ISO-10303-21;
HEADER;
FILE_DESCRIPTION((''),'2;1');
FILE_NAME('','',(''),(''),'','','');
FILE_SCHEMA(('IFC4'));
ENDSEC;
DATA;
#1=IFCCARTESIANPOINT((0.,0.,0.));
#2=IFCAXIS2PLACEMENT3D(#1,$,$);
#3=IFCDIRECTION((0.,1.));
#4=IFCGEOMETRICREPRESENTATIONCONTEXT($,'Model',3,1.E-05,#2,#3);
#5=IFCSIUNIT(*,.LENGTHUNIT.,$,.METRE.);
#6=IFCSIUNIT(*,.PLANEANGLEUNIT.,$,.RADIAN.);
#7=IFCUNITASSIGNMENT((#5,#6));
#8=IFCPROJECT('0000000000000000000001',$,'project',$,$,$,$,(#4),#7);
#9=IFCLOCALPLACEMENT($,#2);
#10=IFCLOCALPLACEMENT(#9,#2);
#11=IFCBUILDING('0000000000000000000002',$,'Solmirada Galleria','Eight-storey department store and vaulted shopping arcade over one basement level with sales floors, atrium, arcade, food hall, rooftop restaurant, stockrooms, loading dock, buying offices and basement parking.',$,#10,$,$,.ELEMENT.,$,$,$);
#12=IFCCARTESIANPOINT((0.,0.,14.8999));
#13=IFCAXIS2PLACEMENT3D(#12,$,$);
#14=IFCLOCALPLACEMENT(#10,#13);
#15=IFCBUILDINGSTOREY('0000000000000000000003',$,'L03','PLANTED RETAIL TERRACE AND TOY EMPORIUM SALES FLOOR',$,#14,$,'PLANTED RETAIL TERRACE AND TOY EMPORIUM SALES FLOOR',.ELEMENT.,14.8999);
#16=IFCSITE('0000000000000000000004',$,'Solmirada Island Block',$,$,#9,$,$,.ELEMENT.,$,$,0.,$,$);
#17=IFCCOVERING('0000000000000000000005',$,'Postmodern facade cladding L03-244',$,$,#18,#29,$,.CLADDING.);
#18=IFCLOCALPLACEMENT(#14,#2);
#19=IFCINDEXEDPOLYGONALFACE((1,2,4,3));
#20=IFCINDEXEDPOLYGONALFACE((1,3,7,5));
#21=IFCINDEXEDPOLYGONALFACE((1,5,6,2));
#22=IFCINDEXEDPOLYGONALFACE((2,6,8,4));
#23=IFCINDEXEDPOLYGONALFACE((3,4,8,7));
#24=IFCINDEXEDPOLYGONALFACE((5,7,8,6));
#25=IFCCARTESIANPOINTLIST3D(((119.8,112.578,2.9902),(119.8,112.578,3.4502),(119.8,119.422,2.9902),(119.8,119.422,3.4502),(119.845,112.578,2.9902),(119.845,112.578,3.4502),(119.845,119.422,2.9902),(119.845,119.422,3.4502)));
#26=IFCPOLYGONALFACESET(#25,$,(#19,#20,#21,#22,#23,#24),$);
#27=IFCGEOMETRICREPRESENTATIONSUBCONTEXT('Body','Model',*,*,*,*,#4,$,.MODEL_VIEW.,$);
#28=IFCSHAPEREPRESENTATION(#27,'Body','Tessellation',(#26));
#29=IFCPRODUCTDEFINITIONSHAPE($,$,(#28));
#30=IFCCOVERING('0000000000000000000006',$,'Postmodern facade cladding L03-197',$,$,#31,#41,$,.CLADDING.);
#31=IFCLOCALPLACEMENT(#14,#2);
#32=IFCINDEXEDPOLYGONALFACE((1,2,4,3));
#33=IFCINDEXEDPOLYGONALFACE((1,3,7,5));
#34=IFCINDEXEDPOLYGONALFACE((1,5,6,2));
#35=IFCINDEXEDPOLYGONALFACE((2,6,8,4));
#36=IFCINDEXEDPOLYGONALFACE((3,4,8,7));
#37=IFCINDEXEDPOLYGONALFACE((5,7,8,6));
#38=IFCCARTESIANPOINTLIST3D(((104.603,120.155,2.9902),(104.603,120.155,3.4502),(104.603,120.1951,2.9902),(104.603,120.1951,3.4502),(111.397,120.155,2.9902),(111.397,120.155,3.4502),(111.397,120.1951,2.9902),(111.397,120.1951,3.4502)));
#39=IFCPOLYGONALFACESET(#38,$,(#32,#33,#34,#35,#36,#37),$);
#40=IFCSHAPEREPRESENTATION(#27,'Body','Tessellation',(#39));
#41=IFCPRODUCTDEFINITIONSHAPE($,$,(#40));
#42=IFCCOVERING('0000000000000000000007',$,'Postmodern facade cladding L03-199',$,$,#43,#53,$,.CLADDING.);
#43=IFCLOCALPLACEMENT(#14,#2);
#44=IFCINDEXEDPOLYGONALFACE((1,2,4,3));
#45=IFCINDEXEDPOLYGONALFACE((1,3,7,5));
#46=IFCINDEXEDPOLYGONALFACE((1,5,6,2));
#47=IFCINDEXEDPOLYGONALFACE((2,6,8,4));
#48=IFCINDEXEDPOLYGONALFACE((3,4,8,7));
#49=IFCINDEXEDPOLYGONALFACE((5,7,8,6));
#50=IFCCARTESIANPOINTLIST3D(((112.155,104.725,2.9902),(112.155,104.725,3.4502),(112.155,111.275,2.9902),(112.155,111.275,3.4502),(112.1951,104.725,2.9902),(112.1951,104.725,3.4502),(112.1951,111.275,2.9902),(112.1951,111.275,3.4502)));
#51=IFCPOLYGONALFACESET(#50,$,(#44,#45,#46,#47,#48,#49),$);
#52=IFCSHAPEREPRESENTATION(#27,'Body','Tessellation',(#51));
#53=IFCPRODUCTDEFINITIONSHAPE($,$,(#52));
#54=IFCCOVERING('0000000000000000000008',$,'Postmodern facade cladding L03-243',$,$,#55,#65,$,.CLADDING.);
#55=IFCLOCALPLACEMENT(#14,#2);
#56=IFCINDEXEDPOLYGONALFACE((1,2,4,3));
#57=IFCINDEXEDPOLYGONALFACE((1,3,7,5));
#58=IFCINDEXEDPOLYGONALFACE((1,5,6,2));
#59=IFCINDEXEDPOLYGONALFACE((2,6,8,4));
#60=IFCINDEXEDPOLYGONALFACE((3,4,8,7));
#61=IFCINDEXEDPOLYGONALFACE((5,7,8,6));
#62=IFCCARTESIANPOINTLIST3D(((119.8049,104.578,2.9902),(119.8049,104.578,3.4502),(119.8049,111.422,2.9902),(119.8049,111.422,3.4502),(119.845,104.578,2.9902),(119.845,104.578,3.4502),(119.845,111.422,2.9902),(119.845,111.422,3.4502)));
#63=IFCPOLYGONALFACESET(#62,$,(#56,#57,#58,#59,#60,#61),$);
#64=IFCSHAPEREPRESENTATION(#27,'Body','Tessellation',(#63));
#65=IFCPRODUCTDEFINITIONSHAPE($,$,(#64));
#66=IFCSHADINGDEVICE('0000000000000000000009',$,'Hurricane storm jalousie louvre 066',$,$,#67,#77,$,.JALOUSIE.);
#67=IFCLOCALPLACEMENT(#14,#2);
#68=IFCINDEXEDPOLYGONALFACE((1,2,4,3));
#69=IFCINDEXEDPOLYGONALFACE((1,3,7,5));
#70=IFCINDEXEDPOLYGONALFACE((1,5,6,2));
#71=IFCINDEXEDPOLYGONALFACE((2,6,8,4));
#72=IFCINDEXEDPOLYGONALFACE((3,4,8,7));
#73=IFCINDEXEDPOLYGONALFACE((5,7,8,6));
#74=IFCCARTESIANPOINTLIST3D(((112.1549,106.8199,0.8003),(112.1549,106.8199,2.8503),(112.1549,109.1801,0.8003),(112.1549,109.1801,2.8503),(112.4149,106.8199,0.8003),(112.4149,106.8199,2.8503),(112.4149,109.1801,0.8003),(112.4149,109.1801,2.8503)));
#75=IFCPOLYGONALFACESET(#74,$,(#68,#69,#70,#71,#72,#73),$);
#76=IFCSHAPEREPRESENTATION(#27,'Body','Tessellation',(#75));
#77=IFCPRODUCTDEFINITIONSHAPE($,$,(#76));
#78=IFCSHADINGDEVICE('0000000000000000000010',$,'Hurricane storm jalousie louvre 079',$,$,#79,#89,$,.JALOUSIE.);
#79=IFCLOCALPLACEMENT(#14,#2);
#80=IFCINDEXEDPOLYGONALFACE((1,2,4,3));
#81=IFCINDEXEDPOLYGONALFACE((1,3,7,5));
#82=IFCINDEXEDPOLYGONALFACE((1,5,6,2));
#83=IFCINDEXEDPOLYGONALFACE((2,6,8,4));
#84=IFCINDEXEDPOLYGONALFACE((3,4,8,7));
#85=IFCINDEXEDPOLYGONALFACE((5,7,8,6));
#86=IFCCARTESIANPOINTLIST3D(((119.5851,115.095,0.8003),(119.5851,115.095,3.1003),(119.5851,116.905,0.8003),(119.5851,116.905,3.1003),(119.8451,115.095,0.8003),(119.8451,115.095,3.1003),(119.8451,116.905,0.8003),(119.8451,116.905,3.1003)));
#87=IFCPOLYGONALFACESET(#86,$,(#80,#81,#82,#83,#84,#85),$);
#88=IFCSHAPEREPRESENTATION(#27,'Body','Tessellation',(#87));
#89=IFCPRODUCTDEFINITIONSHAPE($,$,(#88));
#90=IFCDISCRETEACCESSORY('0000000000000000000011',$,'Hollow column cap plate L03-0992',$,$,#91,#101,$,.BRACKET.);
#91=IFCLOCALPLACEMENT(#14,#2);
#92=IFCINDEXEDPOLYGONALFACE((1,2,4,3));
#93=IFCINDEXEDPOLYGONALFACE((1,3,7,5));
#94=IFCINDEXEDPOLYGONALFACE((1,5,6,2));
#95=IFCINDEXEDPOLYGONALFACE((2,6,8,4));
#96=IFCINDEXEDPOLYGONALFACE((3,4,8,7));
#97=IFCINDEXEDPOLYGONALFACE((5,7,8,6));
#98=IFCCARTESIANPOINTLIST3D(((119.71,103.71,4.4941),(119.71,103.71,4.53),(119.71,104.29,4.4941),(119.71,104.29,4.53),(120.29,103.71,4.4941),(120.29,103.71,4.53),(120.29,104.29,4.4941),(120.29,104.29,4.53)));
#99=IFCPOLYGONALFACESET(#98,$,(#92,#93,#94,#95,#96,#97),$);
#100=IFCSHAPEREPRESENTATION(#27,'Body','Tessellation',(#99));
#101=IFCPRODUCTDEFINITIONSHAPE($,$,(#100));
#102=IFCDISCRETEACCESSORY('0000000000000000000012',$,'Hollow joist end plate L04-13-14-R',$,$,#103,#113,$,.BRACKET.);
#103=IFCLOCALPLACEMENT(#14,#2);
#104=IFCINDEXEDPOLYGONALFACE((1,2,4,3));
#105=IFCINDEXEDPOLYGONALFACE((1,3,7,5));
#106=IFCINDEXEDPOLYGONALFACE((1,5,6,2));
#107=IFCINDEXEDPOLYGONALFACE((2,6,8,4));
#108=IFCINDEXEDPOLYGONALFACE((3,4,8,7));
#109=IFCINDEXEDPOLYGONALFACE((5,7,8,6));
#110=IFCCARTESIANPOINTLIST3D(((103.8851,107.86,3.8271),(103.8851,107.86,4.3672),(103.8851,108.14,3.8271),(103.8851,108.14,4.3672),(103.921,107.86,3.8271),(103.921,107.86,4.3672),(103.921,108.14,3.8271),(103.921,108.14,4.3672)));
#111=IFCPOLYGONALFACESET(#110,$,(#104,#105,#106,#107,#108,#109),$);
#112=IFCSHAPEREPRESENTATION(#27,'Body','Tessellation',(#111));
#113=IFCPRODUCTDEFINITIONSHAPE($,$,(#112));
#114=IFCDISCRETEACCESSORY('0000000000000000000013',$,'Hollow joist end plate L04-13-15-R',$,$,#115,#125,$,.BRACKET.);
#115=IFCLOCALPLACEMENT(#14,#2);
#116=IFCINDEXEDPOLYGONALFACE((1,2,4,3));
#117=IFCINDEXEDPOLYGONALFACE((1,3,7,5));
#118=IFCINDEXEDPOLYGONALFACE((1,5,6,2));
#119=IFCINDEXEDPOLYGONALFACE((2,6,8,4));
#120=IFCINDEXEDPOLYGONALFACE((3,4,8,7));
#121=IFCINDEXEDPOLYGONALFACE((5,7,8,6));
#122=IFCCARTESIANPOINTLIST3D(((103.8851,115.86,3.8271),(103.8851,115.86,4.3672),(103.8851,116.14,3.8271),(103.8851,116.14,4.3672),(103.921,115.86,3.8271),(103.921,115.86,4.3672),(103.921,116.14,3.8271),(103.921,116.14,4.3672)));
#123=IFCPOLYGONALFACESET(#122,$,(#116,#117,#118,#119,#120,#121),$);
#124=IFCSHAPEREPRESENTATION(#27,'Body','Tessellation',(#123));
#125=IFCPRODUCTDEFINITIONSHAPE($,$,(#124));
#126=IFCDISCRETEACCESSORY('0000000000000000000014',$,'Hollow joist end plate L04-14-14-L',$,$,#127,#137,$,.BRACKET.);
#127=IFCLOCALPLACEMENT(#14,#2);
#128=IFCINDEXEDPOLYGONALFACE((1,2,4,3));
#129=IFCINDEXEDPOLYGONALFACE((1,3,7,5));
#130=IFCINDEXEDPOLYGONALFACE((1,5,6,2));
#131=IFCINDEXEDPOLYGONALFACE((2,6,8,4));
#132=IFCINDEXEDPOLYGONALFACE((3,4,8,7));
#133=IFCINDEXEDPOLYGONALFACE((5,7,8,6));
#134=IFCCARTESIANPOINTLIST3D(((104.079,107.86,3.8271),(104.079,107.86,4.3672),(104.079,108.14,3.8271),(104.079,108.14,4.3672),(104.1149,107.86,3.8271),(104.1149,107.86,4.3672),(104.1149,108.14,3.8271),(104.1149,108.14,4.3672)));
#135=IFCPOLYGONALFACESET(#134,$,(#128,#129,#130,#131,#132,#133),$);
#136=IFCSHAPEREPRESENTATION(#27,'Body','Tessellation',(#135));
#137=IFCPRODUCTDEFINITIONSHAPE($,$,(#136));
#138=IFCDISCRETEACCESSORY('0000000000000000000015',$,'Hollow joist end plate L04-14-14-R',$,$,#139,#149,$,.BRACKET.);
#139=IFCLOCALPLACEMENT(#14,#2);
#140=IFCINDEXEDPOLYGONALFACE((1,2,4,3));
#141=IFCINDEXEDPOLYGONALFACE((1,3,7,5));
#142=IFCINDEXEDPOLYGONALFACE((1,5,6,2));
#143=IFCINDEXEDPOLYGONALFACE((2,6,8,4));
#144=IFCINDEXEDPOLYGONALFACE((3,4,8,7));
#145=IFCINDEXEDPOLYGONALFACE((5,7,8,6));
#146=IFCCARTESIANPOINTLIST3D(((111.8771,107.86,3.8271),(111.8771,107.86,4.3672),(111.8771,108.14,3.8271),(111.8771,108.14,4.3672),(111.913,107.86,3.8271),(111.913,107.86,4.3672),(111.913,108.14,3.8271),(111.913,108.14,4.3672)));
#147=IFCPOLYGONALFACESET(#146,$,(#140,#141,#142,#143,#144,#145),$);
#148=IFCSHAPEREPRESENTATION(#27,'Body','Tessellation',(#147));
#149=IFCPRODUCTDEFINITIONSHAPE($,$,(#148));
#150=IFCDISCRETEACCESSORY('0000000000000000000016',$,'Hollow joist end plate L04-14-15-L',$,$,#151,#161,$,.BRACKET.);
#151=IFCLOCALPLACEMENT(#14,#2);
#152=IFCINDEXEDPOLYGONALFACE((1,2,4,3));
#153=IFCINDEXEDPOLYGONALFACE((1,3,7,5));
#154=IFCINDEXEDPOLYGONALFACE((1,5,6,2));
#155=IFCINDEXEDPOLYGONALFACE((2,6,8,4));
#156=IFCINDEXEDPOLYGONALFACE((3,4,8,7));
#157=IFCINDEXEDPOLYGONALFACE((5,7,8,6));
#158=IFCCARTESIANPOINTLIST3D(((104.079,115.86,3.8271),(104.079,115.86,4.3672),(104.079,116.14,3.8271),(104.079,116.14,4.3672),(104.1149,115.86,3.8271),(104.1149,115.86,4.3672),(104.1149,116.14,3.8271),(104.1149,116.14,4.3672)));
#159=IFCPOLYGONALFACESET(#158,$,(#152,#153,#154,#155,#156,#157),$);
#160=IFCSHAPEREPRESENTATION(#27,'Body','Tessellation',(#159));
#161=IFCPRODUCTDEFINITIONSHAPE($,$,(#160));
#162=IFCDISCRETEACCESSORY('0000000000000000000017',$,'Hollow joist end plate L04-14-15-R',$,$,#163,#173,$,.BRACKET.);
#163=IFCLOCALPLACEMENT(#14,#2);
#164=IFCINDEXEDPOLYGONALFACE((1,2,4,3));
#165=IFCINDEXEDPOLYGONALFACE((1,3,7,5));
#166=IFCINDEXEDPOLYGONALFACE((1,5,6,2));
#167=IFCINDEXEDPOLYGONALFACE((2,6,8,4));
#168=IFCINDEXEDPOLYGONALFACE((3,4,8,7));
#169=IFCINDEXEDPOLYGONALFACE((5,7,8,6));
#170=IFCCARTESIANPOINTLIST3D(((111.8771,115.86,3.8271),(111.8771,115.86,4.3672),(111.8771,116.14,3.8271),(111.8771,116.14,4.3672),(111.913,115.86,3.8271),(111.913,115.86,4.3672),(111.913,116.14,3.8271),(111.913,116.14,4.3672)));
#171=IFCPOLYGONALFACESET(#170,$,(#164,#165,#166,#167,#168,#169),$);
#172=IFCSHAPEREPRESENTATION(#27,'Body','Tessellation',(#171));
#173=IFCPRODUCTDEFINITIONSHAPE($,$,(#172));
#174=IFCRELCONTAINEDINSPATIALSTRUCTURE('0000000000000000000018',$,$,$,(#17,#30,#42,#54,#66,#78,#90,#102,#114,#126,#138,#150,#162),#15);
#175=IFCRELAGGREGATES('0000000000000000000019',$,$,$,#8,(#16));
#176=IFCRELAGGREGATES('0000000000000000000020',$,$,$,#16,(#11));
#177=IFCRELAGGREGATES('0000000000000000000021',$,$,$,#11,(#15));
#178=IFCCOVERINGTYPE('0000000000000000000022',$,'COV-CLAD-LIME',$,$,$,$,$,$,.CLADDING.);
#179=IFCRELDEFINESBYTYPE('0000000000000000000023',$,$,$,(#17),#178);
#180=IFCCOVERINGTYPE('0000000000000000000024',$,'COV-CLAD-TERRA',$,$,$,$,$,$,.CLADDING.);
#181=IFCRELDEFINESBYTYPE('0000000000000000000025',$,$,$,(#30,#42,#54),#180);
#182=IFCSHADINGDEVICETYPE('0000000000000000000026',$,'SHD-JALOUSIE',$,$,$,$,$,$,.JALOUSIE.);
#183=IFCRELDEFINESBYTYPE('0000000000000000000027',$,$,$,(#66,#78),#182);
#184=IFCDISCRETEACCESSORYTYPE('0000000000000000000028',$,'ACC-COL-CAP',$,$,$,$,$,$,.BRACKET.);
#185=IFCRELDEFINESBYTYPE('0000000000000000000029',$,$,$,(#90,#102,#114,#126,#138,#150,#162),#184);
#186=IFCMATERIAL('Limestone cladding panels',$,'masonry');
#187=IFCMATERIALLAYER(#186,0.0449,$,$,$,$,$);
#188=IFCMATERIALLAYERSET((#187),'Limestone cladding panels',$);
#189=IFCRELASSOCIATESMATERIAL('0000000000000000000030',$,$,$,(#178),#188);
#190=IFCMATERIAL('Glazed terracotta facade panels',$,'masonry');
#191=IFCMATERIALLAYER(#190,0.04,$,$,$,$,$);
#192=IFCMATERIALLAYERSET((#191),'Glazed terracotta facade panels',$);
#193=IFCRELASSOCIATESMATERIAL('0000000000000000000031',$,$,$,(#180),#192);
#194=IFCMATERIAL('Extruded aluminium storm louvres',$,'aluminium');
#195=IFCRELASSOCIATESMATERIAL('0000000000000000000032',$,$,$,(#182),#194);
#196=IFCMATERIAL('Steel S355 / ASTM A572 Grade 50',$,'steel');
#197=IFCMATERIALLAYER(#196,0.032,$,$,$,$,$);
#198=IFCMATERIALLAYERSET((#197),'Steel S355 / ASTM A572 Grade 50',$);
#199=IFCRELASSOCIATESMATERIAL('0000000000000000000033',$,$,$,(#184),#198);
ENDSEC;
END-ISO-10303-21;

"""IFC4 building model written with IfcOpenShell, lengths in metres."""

from ifc_helpers import new_model, si_unit, direction, frame, origin, origin_2d, place, context, subcontext, project, spatial, rectangle, extrude, material, layer, layer_set, type_object, element, save


model = new_model("IFC4")

# Units and contexts
model_context = context("Model", 3, precision=1e-05, world=origin(), true_north=direction((0.0, 1.0)))
body_context = subcontext(model_context, "Body", "Model", "MODEL_VIEW")
ifc_project = project(units=[si_unit("LENGTHUNIT", "METRE"), si_unit("PLANEANGLEUNIT", "RADIAN")], contexts=[model_context])

# Site, building, storey
site_placement = place(None, origin())
site = spatial("IfcSite", under=ifc_project, at=site_placement, Name="Solmirada Island Block", CompositionType="ELEMENT", RefElevation=0.0)
building_placement = place(site_placement, origin())
building = spatial("IfcBuilding", under=site, at=building_placement, Name="Solmirada Galleria", Description="Eight-storey department store and vaulted shopping arcade over one basement level with sales floors, atrium, arcade, food hall, rooftop restaurant, stockrooms, loading dock, buying offices and basement parking.", CompositionType="ELEMENT")
storey_placement = place(building_placement, frame((0.0, 0.0, 14.8999)))
storey = spatial("IfcBuildingStorey", under=building, at=storey_placement, Name="L03", Description="PLANTED RETAIL TERRACE AND TOY EMPORIUM SALES FLOOR", LongName="PLANTED RETAIL TERRACE AND TOY EMPORIUM SALES FLOOR", CompositionType="ELEMENT", Elevation=14.8999)

# Coverings
ifc_material_1 = material(Name="Limestone cladding panels", Category="masonry")
ifc_layer_1 = layer(ifc_material_1, 0.0449)
ifc_layer_set_1 = layer_set([ifc_layer_1], Name="Limestone cladding panels")
covering_type_1 = type_object("IfcCoveringType", Name="COV-CLAD-LIME", PredefinedType="CLADDING", material=ifc_layer_set_1)
covering_1_placement = place(storey_placement, frame((119.8225, 116.0, 2.9902), z_axis=(0.0, 0.0, 1.0), x_axis=(0.0, 1.0, 0.0)))
element("IfcCovering", 1, at=covering_1_placement, inside=storey, type_object=covering_type_1, Name="Postmodern facade cladding L03-244", PredefinedType="CLADDING", context=body_context, shape_type="SweptSolid", body=[
    extrude(rectangle(XDim=6.844, YDim=0.0449, at=origin_2d()), origin(), (0.0, 0.0, 1.0), 0.46),
])
ifc_material_2 = material(Name="Glazed terracotta facade panels", Category="masonry")
ifc_layer_2 = layer(ifc_material_2, 0.04)
ifc_layer_set_2 = layer_set([ifc_layer_2], Name="Glazed terracotta facade panels")
covering_type_2 = type_object("IfcCoveringType", Name="COV-CLAD-TERRA", PredefinedType="CLADDING", material=ifc_layer_set_2)
covering_2_placement = place(storey_placement, frame((108.0, 120.175, 2.9902), z_axis=(0.0, 0.0, 1.0), x_axis=(1.0, 0.0, 0.0)))
element("IfcCovering", 2, at=covering_2_placement, inside=storey, type_object=covering_type_2, Name="Postmodern facade cladding L03-197", PredefinedType="CLADDING", context=body_context, shape_type="SweptSolid", body=[
    extrude(rectangle(XDim=6.7939, YDim=0.04, at=origin_2d()), origin(), (0.0, 0.0, 1.0), 0.46),
])
covering_3_placement = place(storey_placement, frame((112.175, 108.0, 2.9902), z_axis=(0.0, 0.0, 1.0), x_axis=(0.0, -1.0, 0.0)))
element("IfcCovering", 3, at=covering_3_placement, inside=storey, type_object=covering_type_2, Name="Postmodern facade cladding L03-199", PredefinedType="CLADDING", context=body_context, shape_type="SweptSolid", body=[
    extrude(rectangle(XDim=6.55, YDim=0.04, at=origin_2d()), origin(), (0.0, 0.0, 1.0), 0.46),
])
covering_4_placement = place(storey_placement, frame((119.825, 108.0, 2.9902), z_axis=(0.0, 0.0, 1.0), x_axis=(0.0, 1.0, 0.0)))
element("IfcCovering", 4, at=covering_4_placement, inside=storey, type_object=covering_type_2, Name="Postmodern facade cladding L03-243", PredefinedType="CLADDING", context=body_context, shape_type="SweptSolid", body=[
    extrude(rectangle(XDim=6.844, YDim=0.04, at=origin_2d()), origin(), (0.0, 0.0, 1.0), 0.46),
])

# Shading devices
ifc_material_3 = material(Name="Extruded aluminium storm louvres", Category="aluminium")
shading_device_type = type_object("IfcShadingDeviceType", Name="SHD-JALOUSIE", PredefinedType="JALOUSIE", material=ifc_material_3)
shading_device_1_placement = place(storey_placement, frame((112.2849, 108.0, 0.8003), z_axis=(0.0, 0.0, 1.0), x_axis=(0.0, -1.0, 0.0)))
element("IfcShadingDevice", 5, at=shading_device_1_placement, inside=storey, type_object=shading_device_type, Name="Hurricane storm jalousie louvre 066", PredefinedType="JALOUSIE", context=body_context, shape_type="SweptSolid", body=[
    extrude(rectangle(XDim=2.3601, YDim=0.26, at=origin_2d()), origin(), (0.0, 0.0, 1.0), 2.05),
])
shading_device_2_placement = place(storey_placement, frame((119.7151, 116.0, 0.8003), z_axis=(0.0, 0.0, 1.0), x_axis=(0.0, 1.0, 0.0)))
element("IfcShadingDevice", 6, at=shading_device_2_placement, inside=storey, type_object=shading_device_type, Name="Hurricane storm jalousie louvre 079", PredefinedType="JALOUSIE", context=body_context, shape_type="SweptSolid", body=[
    extrude(rectangle(XDim=1.8101, YDim=0.26, at=origin_2d()), origin(), (0.0, 0.0, 1.0), 2.3),
])

# Discrete accessories
ifc_material_4 = material(Name="Steel S355 / ASTM A572 Grade 50", Category="steel")
ifc_layer_3 = layer(ifc_material_4, 0.032)
ifc_layer_set_3 = layer_set([ifc_layer_3], Name="Steel S355 / ASTM A572 Grade 50")
discrete_accessory_type = type_object("IfcDiscreteAccessoryType", Name="ACC-COL-CAP", PredefinedType="BRACKET", material=ifc_layer_set_3)
discrete_accessory_placement = place(storey_placement, frame((120.0, 104.0, 4.4941), z_axis=(0.0, 0.0, 1.0), x_axis=(1.0, 0.0, 0.0)))
element("IfcDiscreteAccessory", 7, at=discrete_accessory_placement, inside=storey, type_object=discrete_accessory_type, Name="Hollow column cap plate L03-0992", PredefinedType="BRACKET", context=body_context, shape_type="SweptSolid", body=[
    extrude(rectangle(XDim=0.5801, YDim=0.5801, at=origin_2d()), origin(), (0.0, 0.0, 1.0), 0.0359),
])
for number, where, z_axis, x_axis, name in (
    (8, (103.9031, 108.0, 3.8271), (0.0, 0.0, 1.0), (1.0, 0.0, 0.0), "Hollow joist end plate L04-13-14-R"),
    (9, (103.9031, 116.0, 3.8271), (0.0, 0.0, 1.0), (1.0, 0.0, 0.0), "Hollow joist end plate L04-13-15-R"),
    (10, (104.0969, 108.0, 3.8271), (0.0, 0.0, 1.0), (1.0, 0.0, 0.0), "Hollow joist end plate L04-14-14-L"),
    (11, (111.895, 108.0, 3.8271), (0.0, 0.0, 1.0), (1.0, 0.0, 0.0), "Hollow joist end plate L04-14-14-R"),
    (12, (104.0969, 116.0, 3.8271), (0.0, 0.0, 1.0), (1.0, 0.0, 0.0), "Hollow joist end plate L04-14-15-L"),
    (13, (111.895, 116.0, 3.8271), (0.0, 0.0, 1.0), (1.0, 0.0, 0.0), "Hollow joist end plate L04-14-15-R"),
):
    element("IfcDiscreteAccessory", number, at=place(storey_placement, frame(where, z_axis=z_axis, x_axis=x_axis)), inside=storey, type_object=discrete_accessory_type, Name=name, PredefinedType="BRACKET", context=body_context, shape_type="SweptSolid", body=[
        extrude(rectangle(XDim=0.0359, YDim=0.28, at=origin_2d()), origin(), (0.0, 0.0, 1.0), 0.54),
    ])

save(model, "model.ifc")
